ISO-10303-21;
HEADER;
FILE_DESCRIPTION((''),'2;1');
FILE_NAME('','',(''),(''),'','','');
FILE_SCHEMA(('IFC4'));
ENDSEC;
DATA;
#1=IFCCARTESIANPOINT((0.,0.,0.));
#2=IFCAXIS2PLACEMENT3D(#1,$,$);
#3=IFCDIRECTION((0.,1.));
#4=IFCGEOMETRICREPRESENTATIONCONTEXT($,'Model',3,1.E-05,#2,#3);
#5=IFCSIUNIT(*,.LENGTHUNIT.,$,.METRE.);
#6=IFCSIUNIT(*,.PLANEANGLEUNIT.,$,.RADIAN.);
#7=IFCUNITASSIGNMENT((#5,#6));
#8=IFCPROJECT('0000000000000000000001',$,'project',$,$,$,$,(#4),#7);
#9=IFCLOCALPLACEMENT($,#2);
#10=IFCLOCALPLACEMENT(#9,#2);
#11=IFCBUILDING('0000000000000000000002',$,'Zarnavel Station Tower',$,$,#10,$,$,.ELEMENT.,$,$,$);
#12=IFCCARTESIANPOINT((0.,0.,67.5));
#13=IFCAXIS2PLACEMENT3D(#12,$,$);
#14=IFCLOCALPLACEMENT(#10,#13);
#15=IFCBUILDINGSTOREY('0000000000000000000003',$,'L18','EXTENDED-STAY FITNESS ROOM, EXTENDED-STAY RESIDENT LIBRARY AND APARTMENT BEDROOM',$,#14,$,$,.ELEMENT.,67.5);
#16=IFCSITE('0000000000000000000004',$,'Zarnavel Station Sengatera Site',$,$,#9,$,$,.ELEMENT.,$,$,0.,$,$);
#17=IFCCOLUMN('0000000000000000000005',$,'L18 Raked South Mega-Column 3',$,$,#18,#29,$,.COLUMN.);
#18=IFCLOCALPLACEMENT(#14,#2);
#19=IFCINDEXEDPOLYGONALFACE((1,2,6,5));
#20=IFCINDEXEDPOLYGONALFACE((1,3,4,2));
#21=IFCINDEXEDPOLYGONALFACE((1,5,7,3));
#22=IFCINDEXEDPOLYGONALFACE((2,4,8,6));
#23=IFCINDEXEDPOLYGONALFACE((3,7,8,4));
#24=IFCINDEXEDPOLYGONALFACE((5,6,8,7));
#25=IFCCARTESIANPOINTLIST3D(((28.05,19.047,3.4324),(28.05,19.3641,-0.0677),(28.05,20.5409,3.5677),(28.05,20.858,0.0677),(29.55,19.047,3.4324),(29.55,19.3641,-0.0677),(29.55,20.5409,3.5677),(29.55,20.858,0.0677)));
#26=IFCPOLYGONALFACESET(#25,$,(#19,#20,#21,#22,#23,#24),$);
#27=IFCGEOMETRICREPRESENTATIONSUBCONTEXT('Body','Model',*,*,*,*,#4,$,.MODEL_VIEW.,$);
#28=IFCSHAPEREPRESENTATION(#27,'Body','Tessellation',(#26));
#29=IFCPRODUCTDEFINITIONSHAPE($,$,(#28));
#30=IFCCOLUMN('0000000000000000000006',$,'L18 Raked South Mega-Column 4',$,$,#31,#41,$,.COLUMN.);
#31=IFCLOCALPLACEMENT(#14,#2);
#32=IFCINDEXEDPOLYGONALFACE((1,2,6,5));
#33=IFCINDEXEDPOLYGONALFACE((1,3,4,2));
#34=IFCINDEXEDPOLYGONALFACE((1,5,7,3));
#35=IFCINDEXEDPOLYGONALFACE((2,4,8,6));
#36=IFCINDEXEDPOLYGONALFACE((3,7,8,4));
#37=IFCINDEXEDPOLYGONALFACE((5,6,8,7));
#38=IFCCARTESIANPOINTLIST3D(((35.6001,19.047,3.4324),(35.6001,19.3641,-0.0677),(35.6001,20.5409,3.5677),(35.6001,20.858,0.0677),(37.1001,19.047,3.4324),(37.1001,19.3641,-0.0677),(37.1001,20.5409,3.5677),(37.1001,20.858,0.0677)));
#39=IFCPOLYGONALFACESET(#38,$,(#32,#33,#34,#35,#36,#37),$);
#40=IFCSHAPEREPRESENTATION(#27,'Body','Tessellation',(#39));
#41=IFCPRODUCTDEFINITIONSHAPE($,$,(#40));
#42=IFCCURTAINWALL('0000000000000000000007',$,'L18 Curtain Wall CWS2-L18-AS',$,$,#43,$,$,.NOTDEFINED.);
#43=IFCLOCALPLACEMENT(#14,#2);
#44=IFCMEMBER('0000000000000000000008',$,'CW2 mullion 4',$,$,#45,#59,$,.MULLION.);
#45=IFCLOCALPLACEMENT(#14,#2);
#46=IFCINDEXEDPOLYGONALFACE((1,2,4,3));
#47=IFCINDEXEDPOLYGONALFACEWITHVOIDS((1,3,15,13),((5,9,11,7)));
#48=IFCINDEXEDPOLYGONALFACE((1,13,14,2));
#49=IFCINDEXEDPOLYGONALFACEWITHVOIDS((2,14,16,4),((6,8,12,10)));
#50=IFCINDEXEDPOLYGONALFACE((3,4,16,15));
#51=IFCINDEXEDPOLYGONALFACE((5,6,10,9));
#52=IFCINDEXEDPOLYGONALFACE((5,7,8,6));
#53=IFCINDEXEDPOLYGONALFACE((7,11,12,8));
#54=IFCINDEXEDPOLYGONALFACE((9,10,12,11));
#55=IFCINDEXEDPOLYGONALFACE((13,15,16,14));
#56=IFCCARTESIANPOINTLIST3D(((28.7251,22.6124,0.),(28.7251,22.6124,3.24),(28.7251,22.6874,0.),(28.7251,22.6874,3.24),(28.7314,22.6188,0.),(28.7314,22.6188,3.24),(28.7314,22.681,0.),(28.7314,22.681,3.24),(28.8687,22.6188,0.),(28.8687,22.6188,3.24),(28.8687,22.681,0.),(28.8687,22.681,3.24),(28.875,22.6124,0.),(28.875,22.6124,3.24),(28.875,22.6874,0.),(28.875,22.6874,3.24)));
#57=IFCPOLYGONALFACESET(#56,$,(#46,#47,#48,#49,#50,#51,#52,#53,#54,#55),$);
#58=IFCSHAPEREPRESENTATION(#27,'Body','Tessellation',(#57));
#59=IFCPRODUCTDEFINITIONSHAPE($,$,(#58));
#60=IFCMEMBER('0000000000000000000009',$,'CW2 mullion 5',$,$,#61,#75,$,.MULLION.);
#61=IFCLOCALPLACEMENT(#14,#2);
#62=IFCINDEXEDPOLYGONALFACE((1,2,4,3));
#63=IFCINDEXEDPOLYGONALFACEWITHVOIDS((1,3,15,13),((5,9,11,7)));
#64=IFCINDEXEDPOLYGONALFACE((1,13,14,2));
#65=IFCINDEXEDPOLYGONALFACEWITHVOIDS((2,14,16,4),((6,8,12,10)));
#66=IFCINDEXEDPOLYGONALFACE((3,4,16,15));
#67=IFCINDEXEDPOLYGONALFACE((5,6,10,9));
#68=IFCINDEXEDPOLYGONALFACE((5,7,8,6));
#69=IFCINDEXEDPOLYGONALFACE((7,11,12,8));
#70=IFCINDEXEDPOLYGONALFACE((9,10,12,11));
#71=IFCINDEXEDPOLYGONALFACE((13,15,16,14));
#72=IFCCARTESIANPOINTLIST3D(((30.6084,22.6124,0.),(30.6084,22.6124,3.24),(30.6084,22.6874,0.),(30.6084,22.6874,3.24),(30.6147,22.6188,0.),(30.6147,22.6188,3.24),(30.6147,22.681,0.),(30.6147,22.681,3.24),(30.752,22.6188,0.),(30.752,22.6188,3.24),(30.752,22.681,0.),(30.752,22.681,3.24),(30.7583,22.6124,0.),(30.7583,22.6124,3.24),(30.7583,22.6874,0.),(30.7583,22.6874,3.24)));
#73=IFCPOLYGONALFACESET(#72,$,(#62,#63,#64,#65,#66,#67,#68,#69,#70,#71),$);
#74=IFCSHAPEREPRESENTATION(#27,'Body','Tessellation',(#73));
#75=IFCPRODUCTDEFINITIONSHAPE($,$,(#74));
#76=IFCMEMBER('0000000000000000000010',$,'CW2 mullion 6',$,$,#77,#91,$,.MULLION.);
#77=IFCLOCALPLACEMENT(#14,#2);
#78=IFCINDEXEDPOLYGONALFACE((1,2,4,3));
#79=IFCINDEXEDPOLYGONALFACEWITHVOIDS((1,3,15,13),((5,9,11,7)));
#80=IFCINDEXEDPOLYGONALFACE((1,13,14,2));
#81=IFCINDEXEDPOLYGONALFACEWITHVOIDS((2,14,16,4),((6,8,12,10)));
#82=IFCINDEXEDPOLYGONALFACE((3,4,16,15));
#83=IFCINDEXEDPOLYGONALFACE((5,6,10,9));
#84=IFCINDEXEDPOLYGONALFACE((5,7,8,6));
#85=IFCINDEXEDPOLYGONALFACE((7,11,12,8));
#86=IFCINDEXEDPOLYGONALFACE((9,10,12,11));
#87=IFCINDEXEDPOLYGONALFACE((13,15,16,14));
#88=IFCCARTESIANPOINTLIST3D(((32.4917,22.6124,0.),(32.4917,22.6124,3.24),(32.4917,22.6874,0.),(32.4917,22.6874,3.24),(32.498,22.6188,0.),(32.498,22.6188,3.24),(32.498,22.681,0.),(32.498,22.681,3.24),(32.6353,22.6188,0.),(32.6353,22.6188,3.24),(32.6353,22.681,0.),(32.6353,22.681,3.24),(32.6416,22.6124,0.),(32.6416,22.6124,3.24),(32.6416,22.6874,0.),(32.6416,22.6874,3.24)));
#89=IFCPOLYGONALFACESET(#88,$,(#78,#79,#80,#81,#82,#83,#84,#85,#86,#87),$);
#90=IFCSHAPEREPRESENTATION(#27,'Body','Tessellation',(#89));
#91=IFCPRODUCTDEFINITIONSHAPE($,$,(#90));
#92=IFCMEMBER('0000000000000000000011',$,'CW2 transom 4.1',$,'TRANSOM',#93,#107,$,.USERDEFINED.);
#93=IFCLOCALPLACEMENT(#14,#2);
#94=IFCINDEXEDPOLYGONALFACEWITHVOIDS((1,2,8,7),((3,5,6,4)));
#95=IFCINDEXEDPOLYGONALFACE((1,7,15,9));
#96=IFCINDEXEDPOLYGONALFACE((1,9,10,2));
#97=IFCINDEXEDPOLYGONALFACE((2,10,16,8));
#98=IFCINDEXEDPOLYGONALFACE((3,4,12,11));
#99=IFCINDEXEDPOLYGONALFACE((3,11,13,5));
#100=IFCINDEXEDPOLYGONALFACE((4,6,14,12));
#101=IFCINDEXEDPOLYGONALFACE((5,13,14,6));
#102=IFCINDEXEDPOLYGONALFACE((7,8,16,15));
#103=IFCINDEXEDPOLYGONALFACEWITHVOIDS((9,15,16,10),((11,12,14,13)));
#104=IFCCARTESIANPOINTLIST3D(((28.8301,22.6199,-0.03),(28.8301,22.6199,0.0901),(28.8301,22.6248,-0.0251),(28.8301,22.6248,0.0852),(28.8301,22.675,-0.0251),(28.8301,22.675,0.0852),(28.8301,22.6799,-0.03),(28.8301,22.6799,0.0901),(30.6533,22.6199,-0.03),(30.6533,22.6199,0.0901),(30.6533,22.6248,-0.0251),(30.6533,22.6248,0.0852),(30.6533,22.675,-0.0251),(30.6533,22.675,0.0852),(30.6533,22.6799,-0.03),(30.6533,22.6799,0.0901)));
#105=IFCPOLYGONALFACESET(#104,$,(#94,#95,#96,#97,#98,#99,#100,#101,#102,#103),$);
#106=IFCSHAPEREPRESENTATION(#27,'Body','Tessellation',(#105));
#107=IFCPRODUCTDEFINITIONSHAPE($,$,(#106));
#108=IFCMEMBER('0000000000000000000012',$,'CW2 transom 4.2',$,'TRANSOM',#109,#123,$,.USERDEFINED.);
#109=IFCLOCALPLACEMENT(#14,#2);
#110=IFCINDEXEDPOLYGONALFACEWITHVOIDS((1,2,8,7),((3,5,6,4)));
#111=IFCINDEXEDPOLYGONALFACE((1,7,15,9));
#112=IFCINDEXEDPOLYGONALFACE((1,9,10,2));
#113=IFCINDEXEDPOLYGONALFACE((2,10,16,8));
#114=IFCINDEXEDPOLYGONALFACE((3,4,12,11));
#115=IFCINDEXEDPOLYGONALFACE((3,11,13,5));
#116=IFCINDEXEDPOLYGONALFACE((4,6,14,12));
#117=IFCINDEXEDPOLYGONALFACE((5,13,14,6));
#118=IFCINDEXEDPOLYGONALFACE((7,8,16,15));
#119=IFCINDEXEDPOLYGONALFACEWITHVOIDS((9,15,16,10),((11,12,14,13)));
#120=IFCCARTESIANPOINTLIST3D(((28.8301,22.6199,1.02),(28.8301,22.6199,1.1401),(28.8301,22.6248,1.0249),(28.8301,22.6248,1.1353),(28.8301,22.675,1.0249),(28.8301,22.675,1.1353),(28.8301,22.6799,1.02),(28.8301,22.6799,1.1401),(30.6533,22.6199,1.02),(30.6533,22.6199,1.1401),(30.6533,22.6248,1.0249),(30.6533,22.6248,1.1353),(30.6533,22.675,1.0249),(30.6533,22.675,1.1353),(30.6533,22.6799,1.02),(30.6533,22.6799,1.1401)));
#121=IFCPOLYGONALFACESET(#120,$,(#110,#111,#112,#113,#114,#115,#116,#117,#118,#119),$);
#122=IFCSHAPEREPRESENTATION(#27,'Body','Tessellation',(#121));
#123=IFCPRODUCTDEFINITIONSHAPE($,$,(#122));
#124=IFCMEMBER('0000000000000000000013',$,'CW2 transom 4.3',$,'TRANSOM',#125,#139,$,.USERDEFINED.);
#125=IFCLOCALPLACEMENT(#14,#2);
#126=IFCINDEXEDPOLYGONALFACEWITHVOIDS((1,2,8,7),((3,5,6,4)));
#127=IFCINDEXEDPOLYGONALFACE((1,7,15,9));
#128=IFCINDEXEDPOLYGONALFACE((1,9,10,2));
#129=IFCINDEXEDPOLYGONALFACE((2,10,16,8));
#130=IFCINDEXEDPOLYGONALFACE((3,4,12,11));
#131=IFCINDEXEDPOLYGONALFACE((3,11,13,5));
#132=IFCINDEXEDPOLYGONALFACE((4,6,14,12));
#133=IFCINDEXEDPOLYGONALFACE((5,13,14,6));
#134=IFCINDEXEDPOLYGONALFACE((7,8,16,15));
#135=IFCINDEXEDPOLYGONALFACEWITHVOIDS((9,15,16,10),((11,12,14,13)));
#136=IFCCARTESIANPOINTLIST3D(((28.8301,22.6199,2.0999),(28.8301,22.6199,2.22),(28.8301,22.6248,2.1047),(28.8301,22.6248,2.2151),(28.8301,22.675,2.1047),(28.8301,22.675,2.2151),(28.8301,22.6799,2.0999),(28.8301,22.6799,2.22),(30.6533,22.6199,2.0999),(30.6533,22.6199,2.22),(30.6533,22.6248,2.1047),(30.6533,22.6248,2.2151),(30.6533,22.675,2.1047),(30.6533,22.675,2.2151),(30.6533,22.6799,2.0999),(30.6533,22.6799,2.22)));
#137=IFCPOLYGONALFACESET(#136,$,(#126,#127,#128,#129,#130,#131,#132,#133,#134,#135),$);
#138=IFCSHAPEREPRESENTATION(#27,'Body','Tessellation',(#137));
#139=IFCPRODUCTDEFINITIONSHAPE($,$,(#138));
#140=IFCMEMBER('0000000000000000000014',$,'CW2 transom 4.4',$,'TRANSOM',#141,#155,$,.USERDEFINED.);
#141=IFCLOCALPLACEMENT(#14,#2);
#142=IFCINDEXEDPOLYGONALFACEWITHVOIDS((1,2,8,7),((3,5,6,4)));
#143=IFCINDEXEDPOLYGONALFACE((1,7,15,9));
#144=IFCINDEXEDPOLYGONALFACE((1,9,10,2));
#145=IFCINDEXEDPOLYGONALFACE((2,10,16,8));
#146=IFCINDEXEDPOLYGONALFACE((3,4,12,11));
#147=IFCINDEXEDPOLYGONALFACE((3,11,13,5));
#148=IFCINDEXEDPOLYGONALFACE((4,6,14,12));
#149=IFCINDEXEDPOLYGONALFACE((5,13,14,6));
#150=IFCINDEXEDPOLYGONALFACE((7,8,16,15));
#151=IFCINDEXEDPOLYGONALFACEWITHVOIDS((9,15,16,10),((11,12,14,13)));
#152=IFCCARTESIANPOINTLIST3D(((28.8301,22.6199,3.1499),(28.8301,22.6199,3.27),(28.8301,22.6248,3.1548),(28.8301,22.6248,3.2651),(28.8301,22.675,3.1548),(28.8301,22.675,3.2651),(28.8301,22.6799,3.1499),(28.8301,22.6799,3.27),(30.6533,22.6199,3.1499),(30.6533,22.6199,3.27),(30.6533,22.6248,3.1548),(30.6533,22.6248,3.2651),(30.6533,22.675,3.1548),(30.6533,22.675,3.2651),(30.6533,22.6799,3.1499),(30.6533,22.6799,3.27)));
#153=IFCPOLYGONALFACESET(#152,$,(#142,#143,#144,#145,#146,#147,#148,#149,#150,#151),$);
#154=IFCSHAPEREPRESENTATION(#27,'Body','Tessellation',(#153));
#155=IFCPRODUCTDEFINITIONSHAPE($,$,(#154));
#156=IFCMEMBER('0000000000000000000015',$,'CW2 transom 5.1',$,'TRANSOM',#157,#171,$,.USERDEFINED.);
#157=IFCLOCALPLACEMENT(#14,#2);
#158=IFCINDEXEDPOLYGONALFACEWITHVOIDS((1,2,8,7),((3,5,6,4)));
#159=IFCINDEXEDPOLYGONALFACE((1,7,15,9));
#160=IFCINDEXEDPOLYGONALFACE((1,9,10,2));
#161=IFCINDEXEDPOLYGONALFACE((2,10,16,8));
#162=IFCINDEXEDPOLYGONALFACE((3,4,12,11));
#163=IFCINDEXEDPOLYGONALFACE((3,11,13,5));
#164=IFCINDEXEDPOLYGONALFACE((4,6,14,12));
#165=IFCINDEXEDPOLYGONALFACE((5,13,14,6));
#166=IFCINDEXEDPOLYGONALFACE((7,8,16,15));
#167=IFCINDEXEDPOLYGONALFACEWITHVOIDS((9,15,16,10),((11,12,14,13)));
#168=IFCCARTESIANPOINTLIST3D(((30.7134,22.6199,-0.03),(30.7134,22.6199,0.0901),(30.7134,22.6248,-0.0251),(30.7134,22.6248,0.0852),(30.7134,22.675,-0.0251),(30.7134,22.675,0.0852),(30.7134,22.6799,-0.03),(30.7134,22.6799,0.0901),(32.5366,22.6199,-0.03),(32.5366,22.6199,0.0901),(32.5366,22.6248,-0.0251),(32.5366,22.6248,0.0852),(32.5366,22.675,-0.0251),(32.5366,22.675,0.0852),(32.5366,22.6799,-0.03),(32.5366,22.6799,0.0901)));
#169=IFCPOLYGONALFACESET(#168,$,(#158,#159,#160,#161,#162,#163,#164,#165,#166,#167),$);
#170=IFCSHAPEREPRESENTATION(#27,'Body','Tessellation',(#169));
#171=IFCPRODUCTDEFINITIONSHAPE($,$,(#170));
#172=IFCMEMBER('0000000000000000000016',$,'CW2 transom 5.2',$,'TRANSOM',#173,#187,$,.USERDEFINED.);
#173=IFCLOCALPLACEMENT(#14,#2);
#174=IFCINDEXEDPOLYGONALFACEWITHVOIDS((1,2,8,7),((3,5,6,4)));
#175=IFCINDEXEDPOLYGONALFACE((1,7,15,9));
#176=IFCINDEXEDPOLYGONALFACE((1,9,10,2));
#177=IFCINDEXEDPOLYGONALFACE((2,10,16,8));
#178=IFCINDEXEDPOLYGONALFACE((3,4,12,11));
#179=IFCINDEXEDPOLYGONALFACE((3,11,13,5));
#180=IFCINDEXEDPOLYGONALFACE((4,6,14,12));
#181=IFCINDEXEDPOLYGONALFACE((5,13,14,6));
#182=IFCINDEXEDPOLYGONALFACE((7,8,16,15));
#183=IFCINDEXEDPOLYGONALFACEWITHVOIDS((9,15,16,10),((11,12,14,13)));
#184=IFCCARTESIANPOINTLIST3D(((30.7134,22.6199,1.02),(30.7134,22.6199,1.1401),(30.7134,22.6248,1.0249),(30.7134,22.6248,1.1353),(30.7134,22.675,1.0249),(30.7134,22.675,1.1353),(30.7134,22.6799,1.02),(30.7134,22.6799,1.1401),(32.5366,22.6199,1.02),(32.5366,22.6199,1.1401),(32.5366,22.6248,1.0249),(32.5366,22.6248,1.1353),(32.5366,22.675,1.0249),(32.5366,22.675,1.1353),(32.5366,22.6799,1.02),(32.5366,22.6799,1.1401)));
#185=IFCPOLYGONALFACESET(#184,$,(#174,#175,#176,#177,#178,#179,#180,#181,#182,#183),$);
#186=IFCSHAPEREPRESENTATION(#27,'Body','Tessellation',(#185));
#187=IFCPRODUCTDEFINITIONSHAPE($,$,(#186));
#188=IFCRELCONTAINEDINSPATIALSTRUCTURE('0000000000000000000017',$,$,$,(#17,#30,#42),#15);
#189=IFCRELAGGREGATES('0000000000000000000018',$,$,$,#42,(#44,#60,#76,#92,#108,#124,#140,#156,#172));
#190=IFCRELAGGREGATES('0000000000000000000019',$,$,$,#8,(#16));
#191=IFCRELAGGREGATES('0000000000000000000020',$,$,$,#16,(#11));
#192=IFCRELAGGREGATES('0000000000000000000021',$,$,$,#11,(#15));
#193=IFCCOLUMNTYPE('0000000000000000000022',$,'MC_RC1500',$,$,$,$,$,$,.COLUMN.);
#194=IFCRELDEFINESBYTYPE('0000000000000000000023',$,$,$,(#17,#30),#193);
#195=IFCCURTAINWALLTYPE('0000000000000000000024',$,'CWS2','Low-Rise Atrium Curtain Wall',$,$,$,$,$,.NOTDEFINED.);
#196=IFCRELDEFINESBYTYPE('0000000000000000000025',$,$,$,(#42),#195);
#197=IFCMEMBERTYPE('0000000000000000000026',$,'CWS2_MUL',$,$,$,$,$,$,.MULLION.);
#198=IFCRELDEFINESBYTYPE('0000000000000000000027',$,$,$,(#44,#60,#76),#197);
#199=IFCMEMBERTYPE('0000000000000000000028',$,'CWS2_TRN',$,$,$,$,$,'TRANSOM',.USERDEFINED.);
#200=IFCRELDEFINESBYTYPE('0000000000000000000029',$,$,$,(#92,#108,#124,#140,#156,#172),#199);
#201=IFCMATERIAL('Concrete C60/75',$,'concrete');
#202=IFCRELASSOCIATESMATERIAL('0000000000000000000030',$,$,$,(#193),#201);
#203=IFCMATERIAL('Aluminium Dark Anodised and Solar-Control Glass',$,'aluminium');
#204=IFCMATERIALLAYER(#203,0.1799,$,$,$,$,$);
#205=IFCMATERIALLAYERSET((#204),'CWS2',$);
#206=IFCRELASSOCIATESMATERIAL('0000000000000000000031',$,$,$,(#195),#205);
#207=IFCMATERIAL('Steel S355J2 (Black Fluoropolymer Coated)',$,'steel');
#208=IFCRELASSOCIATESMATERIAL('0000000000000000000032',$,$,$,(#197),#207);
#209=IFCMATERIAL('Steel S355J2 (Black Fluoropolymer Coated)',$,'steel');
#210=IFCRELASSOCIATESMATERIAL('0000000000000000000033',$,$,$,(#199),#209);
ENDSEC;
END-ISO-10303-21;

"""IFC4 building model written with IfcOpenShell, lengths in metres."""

from ifc_helpers import new_model, si_unit, direction, frame, origin, origin_2d, place, context, subcontext, project, spatial, rectangle, hollow_rectangle, extrude, material, layer, layer_set, material_profile, profile_set, type_object, element, aggregate, save


model = new_model("IFC4")

# Units and contexts
model_context = context("Model", 3, precision=1e-05, world=origin(), true_north=direction((0.0, 1.0)))
body_context = subcontext(model_context, "Body", "Model", "MODEL_VIEW")
ifc_project = project(units=[si_unit("LENGTHUNIT", "METRE"), si_unit("PLANEANGLEUNIT", "RADIAN")], contexts=[model_context])

# Site, building, storey
site_placement = place(None, origin())
site = spatial("IfcSite", under=ifc_project, at=site_placement, Name="Zarnavel Station Sengatera Site", CompositionType="ELEMENT", RefElevation=0.0)
building_placement = place(site_placement, origin())
building = spatial("IfcBuilding", under=site, at=building_placement, Name="Zarnavel Station Tower", CompositionType="ELEMENT")
storey_placement = place(building_placement, frame((0.0, 0.0, 67.5)))
storey = spatial("IfcBuildingStorey", under=building, at=storey_placement, Name="L18", Description="EXTENDED-STAY FITNESS ROOM, EXTENDED-STAY RESIDENT LIBRARY AND APARTMENT BEDROOM", CompositionType="ELEMENT", Elevation=67.5)

# Columns
ifc_material_1 = material(Name="Concrete C60/75", Category="concrete")
ifc_material_profile_1 = material_profile(ifc_material_1, rectangle(XDim=1.5, YDim=1.5, at=origin_2d()), Name="RC1500x1500")
ifc_profile_set_1 = profile_set([ifc_material_profile_1], Name="Concrete C60/75")
column_type = type_object("IfcColumnType", Name="MC_RC1500", PredefinedType="COLUMN", material=ifc_profile_set_1)
for number, where, z_axis, x_axis, name in (
    (1, (28.8, 20.1111, 0.0), (0.0, -0.090241, 0.99592), (1.0, 0.0, 0.0), "L18 Raked South Mega-Column 3"),
    (2, (36.3501, 20.1111, 0.0), (0.0, -0.090241, 0.99592), (1.0, 0.0, 0.0), "L18 Raked South Mega-Column 4"),
):
    element("IfcColumn", number, at=place(storey_placement, frame(where, z_axis=z_axis, x_axis=x_axis)), inside=storey, type_object=column_type, Name=name, PredefinedType="COLUMN", context=body_context, shape_type="SweptSolid", body=[
        extrude(rectangle(XDim=1.5, YDim=1.5, at=origin_2d()), origin(), (0.0, 0.0, 1.0), 3.5144),
    ])

# Curtain wall, members
ifc_material_2 = material(Name="Aluminium Dark Anodised and Solar-Control Glass", Category="aluminium")
ifc_layer_1 = layer(ifc_material_2, 0.1799)
ifc_layer_set_1 = layer_set([ifc_layer_1], Name="CWS2")
curtain_wall_type = type_object("IfcCurtainWallType", Name="CWS2", Description="Low-Rise Atrium Curtain Wall", PredefinedType="NOTDEFINED", material=ifc_layer_set_1)
curtain_wall_placement = place(storey_placement, origin())
curtain_wall = element("IfcCurtainWall", 3, at=curtain_wall_placement, inside=storey, type_object=curtain_wall_type, Name="L18 Curtain Wall CWS2-L18-AS", PredefinedType="NOTDEFINED")
ifc_material_3 = material(Name="Steel S355J2 (Black Fluoropolymer Coated)", Category="steel")
ifc_material_profile_2 = material_profile(ifc_material_3, hollow_rectangle(XDim=0.075, YDim=0.1499, WallThickness=0.0063, at=origin_2d()), Name="RHS150x75x6.3")
ifc_profile_set_2 = profile_set([ifc_material_profile_2], Name="Steel S355J2 (Black Fluoropolymer Coated)")
member_type_1 = type_object("IfcMemberType", Name="CWS2_MUL", PredefinedType="MULLION", material=ifc_profile_set_2)
member_1_placement = place(storey_placement, frame((28.8, 22.6499, 0.0), z_axis=(0.0, 0.0, 1.0), x_axis=(0.0, 1.0, 0.0)))
member_1 = element("IfcMember", 4, at=member_1_placement, type_object=member_type_1, Name="CW2 mullion 4", PredefinedType="MULLION", context=body_context, shape_type="SweptSolid", body=[
    extrude(hollow_rectangle(XDim=0.075, YDim=0.1499, WallThickness=0.0063, at=origin_2d()), origin(), (0.0, 0.0, 1.0), 3.24),
])
member_2_placement = place(storey_placement, frame((30.6833, 22.6499, 0.0), z_axis=(0.0, 0.0, 1.0), x_axis=(0.0, 1.0, 0.0)))
member_2 = element("IfcMember", 5, at=member_2_placement, type_object=member_type_1, Name="CW2 mullion 5", PredefinedType="MULLION", context=body_context, shape_type="SweptSolid", body=[
    extrude(hollow_rectangle(XDim=0.075, YDim=0.1499, WallThickness=0.0063, at=origin_2d()), origin(), (0.0, 0.0, 1.0), 3.24),
])
member_3_placement = place(storey_placement, frame((32.5667, 22.6499, 0.0), z_axis=(0.0, 0.0, 1.0), x_axis=(0.0, 1.0, 0.0)))
member_3 = element("IfcMember", 6, at=member_3_placement, type_object=member_type_1, Name="CW2 mullion 6", PredefinedType="MULLION", context=body_context, shape_type="SweptSolid", body=[
    extrude(hollow_rectangle(XDim=0.075, YDim=0.1499, WallThickness=0.0063, at=origin_2d()), origin(), (0.0, 0.0, 1.0), 3.24),
])
ifc_material_4 = material(Name="Steel S355J2 (Black Fluoropolymer Coated)", Category="steel")
ifc_material_profile_3 = material_profile(ifc_material_4, hollow_rectangle(XDim=0.0601, YDim=0.1201, WallThickness=0.0049, at=origin_2d()), Name="RHS120x60x5")
ifc_profile_set_3 = profile_set([ifc_material_profile_3], Name="Steel S355J2 (Black Fluoropolymer Coated)")
member_type_2 = type_object("IfcMemberType", Name="CWS2_TRN", ElementType="TRANSOM", PredefinedType="USERDEFINED", material=ifc_profile_set_3)
member_4_placement = place(storey_placement, frame((28.8301, 22.6499, 0.03), z_axis=(1.0, 0.0, 0.0), x_axis=(0.0, 1.0, 0.0)))
member_4 = element("IfcMember", 7, at=member_4_placement, type_object=member_type_2, Name="CW2 transom 4.1", ObjectType="TRANSOM", PredefinedType="USERDEFINED", context=body_context, shape_type="SweptSolid", body=[
    extrude(hollow_rectangle(XDim=0.0601, YDim=0.1201, WallThickness=0.0049, at=origin_2d()), origin(), (0.0, 0.0, 1.0), 1.8232),
])
member_5_placement = place(storey_placement, frame((28.8301, 22.6499, 1.0801), z_axis=(1.0, 0.0, 0.0), x_axis=(0.0, 1.0, 0.0)))
member_5 = element("IfcMember", 8, at=member_5_placement, type_object=member_type_2, Name="CW2 transom 4.2", ObjectType="TRANSOM", PredefinedType="USERDEFINED", context=body_context, shape_type="SweptSolid", body=[
    extrude(hollow_rectangle(XDim=0.0601, YDim=0.1201, WallThickness=0.0049, at=origin_2d()), origin(), (0.0, 0.0, 1.0), 1.8232),
])
member_6_placement = place(storey_placement, frame((28.8301, 22.6499, 2.1599), z_axis=(1.0, 0.0, 0.0), x_axis=(0.0, 1.0, 0.0)))
member_6 = element("IfcMember", 9, at=member_6_placement, type_object=member_type_2, Name="CW2 transom 4.3", ObjectType="TRANSOM", PredefinedType="USERDEFINED", context=body_context, shape_type="SweptSolid", body=[
    extrude(hollow_rectangle(XDim=0.0601, YDim=0.1201, WallThickness=0.0049, at=origin_2d()), origin(), (0.0, 0.0, 1.0), 1.8232),
])
member_7_placement = place(storey_placement, frame((28.8301, 22.6499, 3.21), z_axis=(1.0, 0.0, 0.0), x_axis=(0.0, 1.0, 0.0)))
member_7 = element("IfcMember", 10, at=member_7_placement, type_object=member_type_2, Name="CW2 transom 4.4", ObjectType="TRANSOM", PredefinedType="USERDEFINED", context=body_context, shape_type="SweptSolid", body=[
    extrude(hollow_rectangle(XDim=0.0601, YDim=0.1201, WallThickness=0.0049, at=origin_2d()), origin(), (0.0, 0.0, 1.0), 1.8232),
])
member_8_placement = place(storey_placement, frame((30.7134, 22.6499, 0.03), z_axis=(1.0, 0.0, 0.0), x_axis=(0.0, 1.0, 0.0)))
member_8 = element("IfcMember", 11, at=member_8_placement, type_object=member_type_2, Name="CW2 transom 5.1", ObjectType="TRANSOM", PredefinedType="USERDEFINED", context=body_context, shape_type="SweptSolid", body=[
    extrude(hollow_rectangle(XDim=0.0601, YDim=0.1201, WallThickness=0.0049, at=origin_2d()), origin(), (0.0, 0.0, 1.0), 1.8232),
])
member_9_placement = place(storey_placement, frame((30.7134, 22.6499, 1.0801), z_axis=(1.0, 0.0, 0.0), x_axis=(0.0, 1.0, 0.0)))
member_9 = element("IfcMember", 12, at=member_9_placement, type_object=member_type_2, Name="CW2 transom 5.2", ObjectType="TRANSOM", PredefinedType="USERDEFINED", context=body_context, shape_type="SweptSolid", body=[
    extrude(hollow_rectangle(XDim=0.0601, YDim=0.1201, WallThickness=0.0049, at=origin_2d()), origin(), (0.0, 0.0, 1.0), 1.8232),
])

aggregate(curtain_wall, [member_1, member_2, member_3, member_4, member_5, member_6, member_7, member_8, member_9])

save(model, "model.ifc")
